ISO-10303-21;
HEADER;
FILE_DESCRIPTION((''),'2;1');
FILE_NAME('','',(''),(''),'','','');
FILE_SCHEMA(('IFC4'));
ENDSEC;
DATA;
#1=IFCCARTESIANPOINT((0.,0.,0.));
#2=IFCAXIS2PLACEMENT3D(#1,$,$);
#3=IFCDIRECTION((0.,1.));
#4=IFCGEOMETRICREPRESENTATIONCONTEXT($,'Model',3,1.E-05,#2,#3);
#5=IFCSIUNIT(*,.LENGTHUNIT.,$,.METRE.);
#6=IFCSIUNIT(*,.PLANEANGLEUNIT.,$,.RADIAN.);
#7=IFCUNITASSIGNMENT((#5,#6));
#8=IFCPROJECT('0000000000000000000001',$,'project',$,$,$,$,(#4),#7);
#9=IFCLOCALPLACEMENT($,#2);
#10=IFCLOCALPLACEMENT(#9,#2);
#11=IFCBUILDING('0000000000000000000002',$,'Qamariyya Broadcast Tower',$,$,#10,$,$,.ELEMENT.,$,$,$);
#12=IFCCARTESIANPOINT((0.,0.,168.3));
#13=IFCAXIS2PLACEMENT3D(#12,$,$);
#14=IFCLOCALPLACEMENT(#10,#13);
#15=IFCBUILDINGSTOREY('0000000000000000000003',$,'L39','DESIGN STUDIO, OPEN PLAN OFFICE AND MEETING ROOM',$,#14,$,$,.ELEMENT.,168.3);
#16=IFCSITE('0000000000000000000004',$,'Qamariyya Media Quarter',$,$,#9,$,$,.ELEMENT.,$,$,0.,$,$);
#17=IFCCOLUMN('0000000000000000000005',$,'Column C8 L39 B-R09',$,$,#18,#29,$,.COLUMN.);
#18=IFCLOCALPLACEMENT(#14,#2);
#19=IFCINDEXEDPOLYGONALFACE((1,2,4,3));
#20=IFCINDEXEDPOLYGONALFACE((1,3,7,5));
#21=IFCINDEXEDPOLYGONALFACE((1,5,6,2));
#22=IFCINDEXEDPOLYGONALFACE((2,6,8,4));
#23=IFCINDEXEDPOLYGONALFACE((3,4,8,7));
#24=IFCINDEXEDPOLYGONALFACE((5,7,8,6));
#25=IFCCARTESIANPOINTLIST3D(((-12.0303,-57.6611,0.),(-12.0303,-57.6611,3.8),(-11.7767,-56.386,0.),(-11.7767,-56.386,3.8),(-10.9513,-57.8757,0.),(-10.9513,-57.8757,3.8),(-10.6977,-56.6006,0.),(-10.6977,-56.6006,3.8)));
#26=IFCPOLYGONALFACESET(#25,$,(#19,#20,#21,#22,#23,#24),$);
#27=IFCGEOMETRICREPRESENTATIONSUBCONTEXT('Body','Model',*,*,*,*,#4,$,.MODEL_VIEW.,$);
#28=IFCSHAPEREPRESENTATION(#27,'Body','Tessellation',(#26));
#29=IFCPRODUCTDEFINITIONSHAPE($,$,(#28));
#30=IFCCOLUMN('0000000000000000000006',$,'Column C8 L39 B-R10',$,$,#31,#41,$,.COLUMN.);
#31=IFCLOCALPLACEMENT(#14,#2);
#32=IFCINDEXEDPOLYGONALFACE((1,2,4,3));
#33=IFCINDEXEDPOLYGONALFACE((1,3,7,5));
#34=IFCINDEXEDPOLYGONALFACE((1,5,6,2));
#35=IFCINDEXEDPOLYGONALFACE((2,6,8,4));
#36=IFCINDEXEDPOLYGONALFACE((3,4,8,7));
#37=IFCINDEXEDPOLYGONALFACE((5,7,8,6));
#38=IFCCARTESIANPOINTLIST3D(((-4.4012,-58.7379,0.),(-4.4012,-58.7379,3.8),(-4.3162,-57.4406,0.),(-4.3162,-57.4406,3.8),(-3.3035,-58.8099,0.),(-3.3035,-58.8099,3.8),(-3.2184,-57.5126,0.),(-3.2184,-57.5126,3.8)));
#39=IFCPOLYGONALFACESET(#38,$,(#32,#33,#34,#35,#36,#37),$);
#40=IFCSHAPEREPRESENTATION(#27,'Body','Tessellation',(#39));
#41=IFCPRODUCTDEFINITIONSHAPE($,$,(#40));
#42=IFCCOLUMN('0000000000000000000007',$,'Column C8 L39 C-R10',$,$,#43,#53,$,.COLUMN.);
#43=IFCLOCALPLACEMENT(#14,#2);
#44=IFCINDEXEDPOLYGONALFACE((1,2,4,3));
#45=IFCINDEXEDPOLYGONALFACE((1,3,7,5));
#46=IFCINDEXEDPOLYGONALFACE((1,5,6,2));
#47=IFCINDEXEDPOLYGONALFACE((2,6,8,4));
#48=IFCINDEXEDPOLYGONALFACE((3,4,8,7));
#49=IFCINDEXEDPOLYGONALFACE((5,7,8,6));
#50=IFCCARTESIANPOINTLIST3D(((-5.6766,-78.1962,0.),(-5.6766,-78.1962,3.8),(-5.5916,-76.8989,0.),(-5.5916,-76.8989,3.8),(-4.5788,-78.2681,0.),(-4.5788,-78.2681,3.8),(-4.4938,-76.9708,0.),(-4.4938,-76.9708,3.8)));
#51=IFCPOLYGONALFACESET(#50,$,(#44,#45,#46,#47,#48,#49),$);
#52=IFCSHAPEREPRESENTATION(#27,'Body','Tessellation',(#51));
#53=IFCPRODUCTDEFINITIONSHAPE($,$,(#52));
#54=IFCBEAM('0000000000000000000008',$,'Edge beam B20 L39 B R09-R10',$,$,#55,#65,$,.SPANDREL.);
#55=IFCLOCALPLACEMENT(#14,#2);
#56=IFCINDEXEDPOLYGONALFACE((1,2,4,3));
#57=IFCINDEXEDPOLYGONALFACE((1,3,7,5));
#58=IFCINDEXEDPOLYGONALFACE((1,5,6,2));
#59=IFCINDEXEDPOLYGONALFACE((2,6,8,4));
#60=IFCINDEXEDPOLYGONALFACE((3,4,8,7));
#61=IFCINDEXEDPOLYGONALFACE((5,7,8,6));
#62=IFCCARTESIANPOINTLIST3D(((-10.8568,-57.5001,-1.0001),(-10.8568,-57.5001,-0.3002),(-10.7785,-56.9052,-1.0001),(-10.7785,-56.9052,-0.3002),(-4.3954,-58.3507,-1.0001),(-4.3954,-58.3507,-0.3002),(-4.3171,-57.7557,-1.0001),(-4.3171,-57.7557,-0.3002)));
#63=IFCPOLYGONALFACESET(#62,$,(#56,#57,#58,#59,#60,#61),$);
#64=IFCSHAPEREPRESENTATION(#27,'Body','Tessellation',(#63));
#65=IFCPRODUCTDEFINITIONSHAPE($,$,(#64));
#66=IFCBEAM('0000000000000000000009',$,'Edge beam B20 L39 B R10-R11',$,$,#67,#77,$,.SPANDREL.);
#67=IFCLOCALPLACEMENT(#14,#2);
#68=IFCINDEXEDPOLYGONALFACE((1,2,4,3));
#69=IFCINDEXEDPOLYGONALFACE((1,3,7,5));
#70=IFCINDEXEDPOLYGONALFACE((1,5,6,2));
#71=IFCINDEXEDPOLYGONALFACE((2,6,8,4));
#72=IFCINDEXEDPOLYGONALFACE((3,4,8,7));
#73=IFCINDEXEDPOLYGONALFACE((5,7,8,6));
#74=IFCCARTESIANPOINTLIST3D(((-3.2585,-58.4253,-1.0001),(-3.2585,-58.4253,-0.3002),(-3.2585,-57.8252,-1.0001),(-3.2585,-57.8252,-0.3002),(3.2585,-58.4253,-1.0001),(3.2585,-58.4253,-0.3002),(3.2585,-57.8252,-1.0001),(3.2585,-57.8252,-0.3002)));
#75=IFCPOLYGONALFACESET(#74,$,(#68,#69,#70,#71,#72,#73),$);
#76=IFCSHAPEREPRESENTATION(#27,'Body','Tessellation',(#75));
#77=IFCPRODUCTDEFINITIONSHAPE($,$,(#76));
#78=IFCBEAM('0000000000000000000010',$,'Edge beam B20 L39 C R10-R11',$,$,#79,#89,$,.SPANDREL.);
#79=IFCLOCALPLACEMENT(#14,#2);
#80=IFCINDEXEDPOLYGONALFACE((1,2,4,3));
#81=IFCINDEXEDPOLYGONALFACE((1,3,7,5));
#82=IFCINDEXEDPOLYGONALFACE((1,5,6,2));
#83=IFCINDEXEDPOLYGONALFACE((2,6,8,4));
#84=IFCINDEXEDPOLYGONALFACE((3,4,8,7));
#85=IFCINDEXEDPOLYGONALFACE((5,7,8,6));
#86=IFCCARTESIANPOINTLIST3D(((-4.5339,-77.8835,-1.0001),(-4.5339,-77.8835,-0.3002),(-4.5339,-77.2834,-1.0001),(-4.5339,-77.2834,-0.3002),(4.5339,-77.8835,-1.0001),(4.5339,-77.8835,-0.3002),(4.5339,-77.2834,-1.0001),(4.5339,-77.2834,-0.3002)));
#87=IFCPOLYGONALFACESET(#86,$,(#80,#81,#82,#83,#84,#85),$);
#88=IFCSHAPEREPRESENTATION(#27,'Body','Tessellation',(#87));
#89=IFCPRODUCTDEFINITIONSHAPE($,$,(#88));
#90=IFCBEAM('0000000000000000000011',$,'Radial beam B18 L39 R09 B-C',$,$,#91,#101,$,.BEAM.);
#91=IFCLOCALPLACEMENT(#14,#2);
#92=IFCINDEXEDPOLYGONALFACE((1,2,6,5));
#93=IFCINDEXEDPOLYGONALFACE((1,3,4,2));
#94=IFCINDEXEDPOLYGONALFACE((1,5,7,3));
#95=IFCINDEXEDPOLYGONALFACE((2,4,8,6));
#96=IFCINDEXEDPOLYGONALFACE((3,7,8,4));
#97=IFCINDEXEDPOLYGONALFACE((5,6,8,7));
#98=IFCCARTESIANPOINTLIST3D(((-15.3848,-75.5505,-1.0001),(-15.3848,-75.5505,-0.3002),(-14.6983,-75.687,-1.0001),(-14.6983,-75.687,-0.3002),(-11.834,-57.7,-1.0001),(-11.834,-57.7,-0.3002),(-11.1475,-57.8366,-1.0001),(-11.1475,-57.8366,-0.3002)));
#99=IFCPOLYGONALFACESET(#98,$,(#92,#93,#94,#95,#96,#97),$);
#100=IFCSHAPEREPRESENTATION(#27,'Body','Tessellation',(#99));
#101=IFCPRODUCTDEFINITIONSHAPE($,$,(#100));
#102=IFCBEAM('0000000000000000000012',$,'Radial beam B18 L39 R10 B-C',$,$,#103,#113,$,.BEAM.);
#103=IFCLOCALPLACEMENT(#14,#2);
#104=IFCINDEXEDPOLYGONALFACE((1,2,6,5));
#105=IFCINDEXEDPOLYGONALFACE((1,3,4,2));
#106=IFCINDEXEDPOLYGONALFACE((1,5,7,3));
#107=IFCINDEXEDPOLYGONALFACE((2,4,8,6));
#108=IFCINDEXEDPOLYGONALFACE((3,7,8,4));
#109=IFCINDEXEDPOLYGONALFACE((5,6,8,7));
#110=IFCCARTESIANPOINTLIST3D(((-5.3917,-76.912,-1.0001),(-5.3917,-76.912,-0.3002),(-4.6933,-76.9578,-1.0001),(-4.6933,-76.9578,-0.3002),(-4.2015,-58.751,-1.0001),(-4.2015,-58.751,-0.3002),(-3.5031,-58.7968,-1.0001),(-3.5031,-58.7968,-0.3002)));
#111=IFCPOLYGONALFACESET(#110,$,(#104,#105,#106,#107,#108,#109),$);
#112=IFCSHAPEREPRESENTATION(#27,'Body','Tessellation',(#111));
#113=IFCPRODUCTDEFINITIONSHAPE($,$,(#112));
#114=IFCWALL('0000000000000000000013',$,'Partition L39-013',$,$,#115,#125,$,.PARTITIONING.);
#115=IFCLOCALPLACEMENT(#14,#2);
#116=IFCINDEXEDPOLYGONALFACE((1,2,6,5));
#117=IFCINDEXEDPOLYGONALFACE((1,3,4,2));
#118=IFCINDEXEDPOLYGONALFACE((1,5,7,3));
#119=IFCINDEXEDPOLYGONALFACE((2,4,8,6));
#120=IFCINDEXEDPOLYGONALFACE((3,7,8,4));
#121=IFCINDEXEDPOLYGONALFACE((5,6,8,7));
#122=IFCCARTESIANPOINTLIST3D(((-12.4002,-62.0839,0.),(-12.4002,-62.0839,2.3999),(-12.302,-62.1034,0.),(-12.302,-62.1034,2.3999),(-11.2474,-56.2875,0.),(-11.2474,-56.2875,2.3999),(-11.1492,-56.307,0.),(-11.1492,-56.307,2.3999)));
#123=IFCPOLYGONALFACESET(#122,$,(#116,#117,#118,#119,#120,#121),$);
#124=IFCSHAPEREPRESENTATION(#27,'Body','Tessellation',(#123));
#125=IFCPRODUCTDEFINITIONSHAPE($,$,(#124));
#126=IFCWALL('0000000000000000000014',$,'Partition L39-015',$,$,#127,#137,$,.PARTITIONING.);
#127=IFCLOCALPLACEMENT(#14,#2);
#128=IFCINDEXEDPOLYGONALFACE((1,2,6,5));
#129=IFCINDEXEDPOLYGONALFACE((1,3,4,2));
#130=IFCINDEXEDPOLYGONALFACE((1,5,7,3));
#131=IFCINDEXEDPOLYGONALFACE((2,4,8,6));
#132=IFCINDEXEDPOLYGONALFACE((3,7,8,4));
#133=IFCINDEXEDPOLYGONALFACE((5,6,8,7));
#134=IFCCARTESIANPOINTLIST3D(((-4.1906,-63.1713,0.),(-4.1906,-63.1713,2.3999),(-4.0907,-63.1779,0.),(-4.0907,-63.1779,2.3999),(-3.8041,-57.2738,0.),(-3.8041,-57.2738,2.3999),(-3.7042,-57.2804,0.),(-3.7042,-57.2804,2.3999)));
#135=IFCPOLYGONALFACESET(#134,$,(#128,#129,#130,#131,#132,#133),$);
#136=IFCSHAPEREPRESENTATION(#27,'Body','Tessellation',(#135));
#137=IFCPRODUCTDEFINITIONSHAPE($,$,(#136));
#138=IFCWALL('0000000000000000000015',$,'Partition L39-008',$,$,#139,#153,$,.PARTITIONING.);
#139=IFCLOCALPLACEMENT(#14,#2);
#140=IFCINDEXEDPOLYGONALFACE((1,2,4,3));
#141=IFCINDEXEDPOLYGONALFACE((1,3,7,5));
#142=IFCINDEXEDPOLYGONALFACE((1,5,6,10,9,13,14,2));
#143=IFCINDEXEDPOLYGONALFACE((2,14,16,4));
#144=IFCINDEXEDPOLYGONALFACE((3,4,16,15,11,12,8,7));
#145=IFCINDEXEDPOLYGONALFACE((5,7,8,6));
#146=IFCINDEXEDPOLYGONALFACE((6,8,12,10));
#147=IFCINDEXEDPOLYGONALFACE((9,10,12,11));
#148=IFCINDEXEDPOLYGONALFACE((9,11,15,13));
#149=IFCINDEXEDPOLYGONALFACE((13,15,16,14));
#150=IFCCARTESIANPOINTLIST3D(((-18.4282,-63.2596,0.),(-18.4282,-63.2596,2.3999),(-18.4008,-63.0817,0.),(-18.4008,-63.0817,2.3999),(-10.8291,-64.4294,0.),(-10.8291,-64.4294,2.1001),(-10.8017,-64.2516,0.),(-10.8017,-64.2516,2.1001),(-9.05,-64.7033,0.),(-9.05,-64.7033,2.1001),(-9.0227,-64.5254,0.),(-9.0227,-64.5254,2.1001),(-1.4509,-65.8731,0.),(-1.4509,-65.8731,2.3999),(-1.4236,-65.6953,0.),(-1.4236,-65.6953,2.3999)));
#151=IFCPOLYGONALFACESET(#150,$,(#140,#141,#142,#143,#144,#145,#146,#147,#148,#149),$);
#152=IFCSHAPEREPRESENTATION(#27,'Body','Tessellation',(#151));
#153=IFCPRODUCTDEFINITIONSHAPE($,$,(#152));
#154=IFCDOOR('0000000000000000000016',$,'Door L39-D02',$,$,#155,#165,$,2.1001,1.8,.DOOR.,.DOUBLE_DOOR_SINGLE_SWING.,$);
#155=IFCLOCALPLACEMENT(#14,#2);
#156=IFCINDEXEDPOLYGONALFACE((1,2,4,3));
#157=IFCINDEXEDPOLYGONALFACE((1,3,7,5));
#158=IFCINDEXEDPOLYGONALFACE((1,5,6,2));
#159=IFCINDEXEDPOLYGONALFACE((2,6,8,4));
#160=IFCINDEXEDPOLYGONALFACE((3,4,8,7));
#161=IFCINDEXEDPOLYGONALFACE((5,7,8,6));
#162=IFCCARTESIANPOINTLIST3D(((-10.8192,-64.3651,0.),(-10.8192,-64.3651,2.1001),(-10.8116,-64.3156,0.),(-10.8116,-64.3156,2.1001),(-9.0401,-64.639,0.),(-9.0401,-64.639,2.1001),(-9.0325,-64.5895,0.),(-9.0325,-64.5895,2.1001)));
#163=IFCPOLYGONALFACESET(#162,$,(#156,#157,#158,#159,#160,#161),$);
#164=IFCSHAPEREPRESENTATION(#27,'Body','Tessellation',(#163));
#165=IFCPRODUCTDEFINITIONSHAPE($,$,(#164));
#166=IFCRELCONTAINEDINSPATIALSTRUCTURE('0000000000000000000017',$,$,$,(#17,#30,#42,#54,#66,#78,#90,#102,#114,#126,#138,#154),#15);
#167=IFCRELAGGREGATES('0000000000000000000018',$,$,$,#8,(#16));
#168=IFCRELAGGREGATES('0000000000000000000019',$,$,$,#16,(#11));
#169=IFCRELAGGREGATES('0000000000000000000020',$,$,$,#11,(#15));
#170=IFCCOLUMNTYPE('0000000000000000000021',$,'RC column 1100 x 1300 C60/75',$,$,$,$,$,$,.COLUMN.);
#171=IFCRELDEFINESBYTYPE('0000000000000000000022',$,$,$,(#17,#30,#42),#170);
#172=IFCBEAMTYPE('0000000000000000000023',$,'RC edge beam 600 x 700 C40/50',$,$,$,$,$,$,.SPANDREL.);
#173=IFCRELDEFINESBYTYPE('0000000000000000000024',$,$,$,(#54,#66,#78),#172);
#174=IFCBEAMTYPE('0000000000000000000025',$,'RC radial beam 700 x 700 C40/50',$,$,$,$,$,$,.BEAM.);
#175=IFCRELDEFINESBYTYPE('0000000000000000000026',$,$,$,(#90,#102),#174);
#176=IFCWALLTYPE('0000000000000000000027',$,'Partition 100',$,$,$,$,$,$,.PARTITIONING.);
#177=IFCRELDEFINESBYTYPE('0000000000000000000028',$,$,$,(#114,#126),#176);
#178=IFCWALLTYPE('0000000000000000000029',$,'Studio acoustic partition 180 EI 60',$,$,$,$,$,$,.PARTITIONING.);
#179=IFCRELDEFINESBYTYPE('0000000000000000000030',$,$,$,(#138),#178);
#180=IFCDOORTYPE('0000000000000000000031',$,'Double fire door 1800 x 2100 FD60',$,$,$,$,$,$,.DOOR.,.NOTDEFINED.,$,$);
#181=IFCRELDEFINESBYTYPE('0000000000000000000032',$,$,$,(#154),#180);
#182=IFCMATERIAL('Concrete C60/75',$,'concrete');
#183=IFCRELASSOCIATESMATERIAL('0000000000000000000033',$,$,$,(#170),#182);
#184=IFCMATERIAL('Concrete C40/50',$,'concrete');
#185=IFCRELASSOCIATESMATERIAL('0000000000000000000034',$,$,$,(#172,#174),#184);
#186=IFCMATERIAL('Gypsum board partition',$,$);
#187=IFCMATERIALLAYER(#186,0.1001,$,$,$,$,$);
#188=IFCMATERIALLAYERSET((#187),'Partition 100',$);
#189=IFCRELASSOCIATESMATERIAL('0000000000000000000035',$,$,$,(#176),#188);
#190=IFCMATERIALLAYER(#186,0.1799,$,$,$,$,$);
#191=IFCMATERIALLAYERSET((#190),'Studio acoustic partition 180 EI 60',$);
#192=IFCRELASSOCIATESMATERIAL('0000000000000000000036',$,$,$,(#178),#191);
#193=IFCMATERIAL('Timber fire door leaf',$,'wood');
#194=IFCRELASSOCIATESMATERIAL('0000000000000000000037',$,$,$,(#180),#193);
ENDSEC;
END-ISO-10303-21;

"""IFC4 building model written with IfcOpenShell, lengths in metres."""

from ifc_helpers import new_model, si_unit, direction, frame, frame_2d, origin, origin_2d, place, context, subcontext, project, spatial, rectangle, extrude, material, layer, layer_set, material_profile, profile_set, type_object, element, fill, save


model = new_model("IFC4")

# Units and contexts
model_context = context("Model", 3, precision=1e-05, world=origin(), true_north=direction((0.0, 1.0)))
body_context = subcontext(model_context, "Body", "Model", "MODEL_VIEW")
ifc_project = project(units=[si_unit("LENGTHUNIT", "METRE"), si_unit("PLANEANGLEUNIT", "RADIAN")], contexts=[model_context])

# Site, building, storey
site_placement = place(None, origin())
site = spatial("IfcSite", under=ifc_project, at=site_placement, Name="Qamariyya Media Quarter", CompositionType="ELEMENT", RefElevation=0.0)
building_placement = place(site_placement, origin())
building = spatial("IfcBuilding", under=site, at=building_placement, Name="Qamariyya Broadcast Tower", CompositionType="ELEMENT")
storey_placement = place(building_placement, frame((0.0, 0.0, 168.3)))
storey = spatial("IfcBuildingStorey", under=building, at=storey_placement, Name="L39", Description="DESIGN STUDIO, OPEN PLAN OFFICE AND MEETING ROOM", CompositionType="ELEMENT", Elevation=168.3)

# Columns
ifc_material_1 = material(Name="Concrete C60/75", Category="concrete")
ifc_material_profile_1 = material_profile(ifc_material_1, rectangle(XDim=1.1001, YDim=1.3, at=origin_2d()))
ifc_profile_set_1 = profile_set([ifc_material_profile_1], Name="Concrete C60/75")
column_type = type_object("IfcColumnType", Name="RC column 1100 x 1300 C60/75", PredefinedType="COLUMN", material=ifc_profile_set_1)
for number, where, z_axis, x_axis, name in (
    (1, (-11.364, -57.1309, 0.0), (0.0, 0.0, 1.0), (0.980785, -0.19509, 0.0), "Column C8 L39 B-R09"),
    (2, (-3.8098, -58.1252, 0.0), (0.0, 0.0, 1.0), (0.997859, -0.065403, 0.0), "Column C8 L39 B-R10"),
    (3, (-5.0852, -77.5835, 0.0), (0.0, 0.0, 1.0), (0.997859, -0.065403, 0.0), "Column C8 L39 C-R10"),
):
    element("IfcColumn", number, at=place(storey_placement, frame(where, z_axis=z_axis, x_axis=x_axis)), inside=storey, type_object=column_type, Name=name, PredefinedType="COLUMN", context=body_context, shape_type="SweptSolid", body=[
        extrude(rectangle(XDim=1.1001, YDim=1.3, at=origin_2d()), origin(), (0.0, 0.0, 1.0), 3.8),
    ])

# Beams
ifc_material_2 = material(Name="Concrete C40/50", Category="concrete")
ifc_material_profile_2 = material_profile(ifc_material_2, rectangle(XDim=0.6001, YDim=0.7, at=origin_2d()))
ifc_profile_set_2 = profile_set([ifc_material_profile_2], Name="Concrete C40/50")
beam_type_1 = type_object("IfcBeamType", Name="RC edge beam 600 x 700 C40/50", PredefinedType="SPANDREL", material=ifc_profile_set_2)
for number, where, z_axis, x_axis, name in (
    (4, (-10.8176, -57.2026, -0.6501), (0.991446, -0.130515, 0.0), (0.130515, 0.991446, 0.0), "Edge beam B20 L39 B R09-R10"),
    (5, (-3.2585, -58.1252, -0.6501), (1.0, 0.0, 0.0), (0.0, 1.0, 0.0), "Edge beam B20 L39 B R10-R11"),
):
    element("IfcBeam", number, at=place(storey_placement, frame(where, z_axis=z_axis, x_axis=x_axis)), inside=storey, type_object=beam_type_1, Name=name, PredefinedType="SPANDREL", context=body_context, shape_type="SweptSolid", body=[
        extrude(rectangle(XDim=0.6001, YDim=0.7, at=origin_2d()), origin(), (0.0, 0.0, 1.0), 6.5171),
    ])
beam_1_placement = place(storey_placement, frame((-4.5339, -77.5835, -0.6501), z_axis=(1.0, 0.0, 0.0), x_axis=(0.0, 1.0, 0.0)))
element("IfcBeam", 6, at=beam_1_placement, inside=storey, type_object=beam_type_1, Name="Edge beam B20 L39 C R10-R11", PredefinedType="SPANDREL", context=body_context, shape_type="SweptSolid", body=[
    extrude(rectangle(XDim=0.6001, YDim=0.7, at=origin_2d()), origin(), (0.0, 0.0, 1.0), 9.0679),
])
ifc_material_profile_3 = material_profile(ifc_material_2, rectangle(XDim=0.7, YDim=0.7, at=origin_2d()))
ifc_profile_set_3 = profile_set([ifc_material_profile_3], Name="Concrete C40/50")
beam_type_2 = type_object("IfcBeamType", Name="RC radial beam 700 x 700 C40/50", PredefinedType="BEAM", material=ifc_profile_set_3)
beam_2_placement = place(storey_placement, frame((-11.4907, -57.7683, -0.6501), z_axis=(-0.195097, -0.980784, 0.0), x_axis=(0.980784, -0.195097, 0.0)))
element("IfcBeam", 7, at=beam_2_placement, inside=storey, type_object=beam_type_2, Name="Radial beam B18 L39 R09 B-C", PredefinedType="BEAM", context=body_context, shape_type="SweptSolid", body=[
    extrude(rectangle(XDim=0.7, YDim=0.7, at=origin_2d()), origin(), (0.0, 0.0, 1.0), 18.2002),
])
beam_3_placement = place(storey_placement, frame((-3.8523, -58.7739, -0.6501), z_axis=(-0.065395, -0.997859, 0.0), x_axis=(0.997859, -0.065395, 0.0)))
element("IfcBeam", 8, at=beam_3_placement, inside=storey, type_object=beam_type_2, Name="Radial beam B18 L39 R10 B-C", PredefinedType="BEAM", context=body_context, shape_type="SweptSolid", body=[
    extrude(rectangle(XDim=0.7, YDim=0.7, at=origin_2d()), origin(), (0.0, 0.0, 1.0), 18.2),
])

# Walls
ifc_material_3 = material(Name="Gypsum board partition")
ifc_layer_1 = layer(ifc_material_3, 0.1001)
ifc_layer_set_1 = layer_set([ifc_layer_1], Name="Partition 100")
wall_type_1 = type_object("IfcWallType", Name="Partition 100", PredefinedType="PARTITIONING", material=ifc_layer_set_1)
wall_1_placement = place(storey_placement, frame((-11.1982, -56.2971, 0.0), z_axis=(0.0, 0.0, 1.0), x_axis=(-0.195067, -0.98079, 0.0)))
element("IfcWall", 9, at=wall_1_placement, inside=storey, type_object=wall_type_1, Name="Partition L39-013", PredefinedType="PARTITIONING", context=body_context, shape_type="SweptSolid", body=[
    extrude(rectangle(XDim=5.9099, YDim=0.1001, at=frame_2d((2.9551, 0.0))), origin(), (0.0, 0.0, 1.0), 2.3999),
])
wall_2_placement = place(storey_placement, frame((-3.7542, -57.2771, 0.0), z_axis=(0.0, 0.0, 1.0), x_axis=(-0.065392, -0.99786, 0.0)))
element("IfcWall", 10, at=wall_2_placement, inside=storey, type_object=wall_type_1, Name="Partition L39-015", PredefinedType="PARTITIONING", context=body_context, shape_type="SweptSolid", body=[
    extrude(rectangle(XDim=5.9102, YDim=0.1001, at=frame_2d((2.9551, 0.0))), origin(), (0.0, 0.0, 1.0), 2.3999),
])

# Wall, opening, door
ifc_layer_2 = layer(ifc_material_3, 0.1799)
ifc_layer_set_2 = layer_set([ifc_layer_2], Name="Studio acoustic partition 180 EI 60")
wall_type_2 = type_object("IfcWallType", Name="Studio acoustic partition 180 EI 60", PredefinedType="PARTITIONING", material=ifc_layer_set_2)
wall_3_placement = place(storey_placement, frame((-1.4373, -65.7842, 0.0), z_axis=(0.0, 0.0, 1.0), x_axis=(-0.988357, 0.15215, 0.0)))
wall_3 = element("IfcWall", 11, at=wall_3_placement, inside=storey, type_object=wall_type_2, Name="Partition L39-008", PredefinedType="PARTITIONING", context=body_context, shape_type="SweptSolid", body=[
    extrude(rectangle(XDim=17.1772, YDim=0.1799, at=frame_2d((8.5886, 0.0))), origin(), (0.0, 0.0, 1.0), 2.3999),
])
opening_1_placement = place(wall_3_placement, frame((7.6887, 0.0, 0.0)))
opening_1 = element("IfcOpeningElement", 12, at=opening_1_placement, cuts=wall_3, PredefinedType="OPENING", context=body_context, shape_type="SweptSolid", body=[
    extrude(rectangle(XDim=1.8, YDim=2.1001, at=frame_2d((0.8999, 1.05))), frame((0.0, 0.0999, 0.0), z_axis=(0.0, -1.0, 0.0), x_axis=(1.0, 0.0, 0.0)), (0.0, 0.0, 1.0), 0.2),
])
ifc_material_4 = material(Name="Timber fire door leaf", Category="wood")
door_type_1 = type_object("IfcDoorType", Name="Double fire door 1800 x 2100 FD60", OperationType="NOTDEFINED", PredefinedType="DOOR", material=ifc_material_4)
door_1_placement = place(opening_1_placement, origin())
door_1 = element("IfcDoor", 13, at=door_1_placement, inside=storey, type_object=door_type_1, Name="Door L39-D02", OperationType="DOUBLE_DOOR_SINGLE_SWING", OverallHeight=2.1001, OverallWidth=1.8, PredefinedType="DOOR", context=body_context, shape_type="SweptSolid", body=[
    extrude(rectangle(XDim=1.8, YDim=2.1001, at=frame_2d((0.8999, 1.05))), frame((0.0, 0.0249, 0.0), z_axis=(0.0, -1.0, 0.0), x_axis=(1.0, 0.0, 0.0)), (0.0, 0.0, 1.0), 0.05),
])
fill(opening_1, door_1)

save(model, "model.ifc")
